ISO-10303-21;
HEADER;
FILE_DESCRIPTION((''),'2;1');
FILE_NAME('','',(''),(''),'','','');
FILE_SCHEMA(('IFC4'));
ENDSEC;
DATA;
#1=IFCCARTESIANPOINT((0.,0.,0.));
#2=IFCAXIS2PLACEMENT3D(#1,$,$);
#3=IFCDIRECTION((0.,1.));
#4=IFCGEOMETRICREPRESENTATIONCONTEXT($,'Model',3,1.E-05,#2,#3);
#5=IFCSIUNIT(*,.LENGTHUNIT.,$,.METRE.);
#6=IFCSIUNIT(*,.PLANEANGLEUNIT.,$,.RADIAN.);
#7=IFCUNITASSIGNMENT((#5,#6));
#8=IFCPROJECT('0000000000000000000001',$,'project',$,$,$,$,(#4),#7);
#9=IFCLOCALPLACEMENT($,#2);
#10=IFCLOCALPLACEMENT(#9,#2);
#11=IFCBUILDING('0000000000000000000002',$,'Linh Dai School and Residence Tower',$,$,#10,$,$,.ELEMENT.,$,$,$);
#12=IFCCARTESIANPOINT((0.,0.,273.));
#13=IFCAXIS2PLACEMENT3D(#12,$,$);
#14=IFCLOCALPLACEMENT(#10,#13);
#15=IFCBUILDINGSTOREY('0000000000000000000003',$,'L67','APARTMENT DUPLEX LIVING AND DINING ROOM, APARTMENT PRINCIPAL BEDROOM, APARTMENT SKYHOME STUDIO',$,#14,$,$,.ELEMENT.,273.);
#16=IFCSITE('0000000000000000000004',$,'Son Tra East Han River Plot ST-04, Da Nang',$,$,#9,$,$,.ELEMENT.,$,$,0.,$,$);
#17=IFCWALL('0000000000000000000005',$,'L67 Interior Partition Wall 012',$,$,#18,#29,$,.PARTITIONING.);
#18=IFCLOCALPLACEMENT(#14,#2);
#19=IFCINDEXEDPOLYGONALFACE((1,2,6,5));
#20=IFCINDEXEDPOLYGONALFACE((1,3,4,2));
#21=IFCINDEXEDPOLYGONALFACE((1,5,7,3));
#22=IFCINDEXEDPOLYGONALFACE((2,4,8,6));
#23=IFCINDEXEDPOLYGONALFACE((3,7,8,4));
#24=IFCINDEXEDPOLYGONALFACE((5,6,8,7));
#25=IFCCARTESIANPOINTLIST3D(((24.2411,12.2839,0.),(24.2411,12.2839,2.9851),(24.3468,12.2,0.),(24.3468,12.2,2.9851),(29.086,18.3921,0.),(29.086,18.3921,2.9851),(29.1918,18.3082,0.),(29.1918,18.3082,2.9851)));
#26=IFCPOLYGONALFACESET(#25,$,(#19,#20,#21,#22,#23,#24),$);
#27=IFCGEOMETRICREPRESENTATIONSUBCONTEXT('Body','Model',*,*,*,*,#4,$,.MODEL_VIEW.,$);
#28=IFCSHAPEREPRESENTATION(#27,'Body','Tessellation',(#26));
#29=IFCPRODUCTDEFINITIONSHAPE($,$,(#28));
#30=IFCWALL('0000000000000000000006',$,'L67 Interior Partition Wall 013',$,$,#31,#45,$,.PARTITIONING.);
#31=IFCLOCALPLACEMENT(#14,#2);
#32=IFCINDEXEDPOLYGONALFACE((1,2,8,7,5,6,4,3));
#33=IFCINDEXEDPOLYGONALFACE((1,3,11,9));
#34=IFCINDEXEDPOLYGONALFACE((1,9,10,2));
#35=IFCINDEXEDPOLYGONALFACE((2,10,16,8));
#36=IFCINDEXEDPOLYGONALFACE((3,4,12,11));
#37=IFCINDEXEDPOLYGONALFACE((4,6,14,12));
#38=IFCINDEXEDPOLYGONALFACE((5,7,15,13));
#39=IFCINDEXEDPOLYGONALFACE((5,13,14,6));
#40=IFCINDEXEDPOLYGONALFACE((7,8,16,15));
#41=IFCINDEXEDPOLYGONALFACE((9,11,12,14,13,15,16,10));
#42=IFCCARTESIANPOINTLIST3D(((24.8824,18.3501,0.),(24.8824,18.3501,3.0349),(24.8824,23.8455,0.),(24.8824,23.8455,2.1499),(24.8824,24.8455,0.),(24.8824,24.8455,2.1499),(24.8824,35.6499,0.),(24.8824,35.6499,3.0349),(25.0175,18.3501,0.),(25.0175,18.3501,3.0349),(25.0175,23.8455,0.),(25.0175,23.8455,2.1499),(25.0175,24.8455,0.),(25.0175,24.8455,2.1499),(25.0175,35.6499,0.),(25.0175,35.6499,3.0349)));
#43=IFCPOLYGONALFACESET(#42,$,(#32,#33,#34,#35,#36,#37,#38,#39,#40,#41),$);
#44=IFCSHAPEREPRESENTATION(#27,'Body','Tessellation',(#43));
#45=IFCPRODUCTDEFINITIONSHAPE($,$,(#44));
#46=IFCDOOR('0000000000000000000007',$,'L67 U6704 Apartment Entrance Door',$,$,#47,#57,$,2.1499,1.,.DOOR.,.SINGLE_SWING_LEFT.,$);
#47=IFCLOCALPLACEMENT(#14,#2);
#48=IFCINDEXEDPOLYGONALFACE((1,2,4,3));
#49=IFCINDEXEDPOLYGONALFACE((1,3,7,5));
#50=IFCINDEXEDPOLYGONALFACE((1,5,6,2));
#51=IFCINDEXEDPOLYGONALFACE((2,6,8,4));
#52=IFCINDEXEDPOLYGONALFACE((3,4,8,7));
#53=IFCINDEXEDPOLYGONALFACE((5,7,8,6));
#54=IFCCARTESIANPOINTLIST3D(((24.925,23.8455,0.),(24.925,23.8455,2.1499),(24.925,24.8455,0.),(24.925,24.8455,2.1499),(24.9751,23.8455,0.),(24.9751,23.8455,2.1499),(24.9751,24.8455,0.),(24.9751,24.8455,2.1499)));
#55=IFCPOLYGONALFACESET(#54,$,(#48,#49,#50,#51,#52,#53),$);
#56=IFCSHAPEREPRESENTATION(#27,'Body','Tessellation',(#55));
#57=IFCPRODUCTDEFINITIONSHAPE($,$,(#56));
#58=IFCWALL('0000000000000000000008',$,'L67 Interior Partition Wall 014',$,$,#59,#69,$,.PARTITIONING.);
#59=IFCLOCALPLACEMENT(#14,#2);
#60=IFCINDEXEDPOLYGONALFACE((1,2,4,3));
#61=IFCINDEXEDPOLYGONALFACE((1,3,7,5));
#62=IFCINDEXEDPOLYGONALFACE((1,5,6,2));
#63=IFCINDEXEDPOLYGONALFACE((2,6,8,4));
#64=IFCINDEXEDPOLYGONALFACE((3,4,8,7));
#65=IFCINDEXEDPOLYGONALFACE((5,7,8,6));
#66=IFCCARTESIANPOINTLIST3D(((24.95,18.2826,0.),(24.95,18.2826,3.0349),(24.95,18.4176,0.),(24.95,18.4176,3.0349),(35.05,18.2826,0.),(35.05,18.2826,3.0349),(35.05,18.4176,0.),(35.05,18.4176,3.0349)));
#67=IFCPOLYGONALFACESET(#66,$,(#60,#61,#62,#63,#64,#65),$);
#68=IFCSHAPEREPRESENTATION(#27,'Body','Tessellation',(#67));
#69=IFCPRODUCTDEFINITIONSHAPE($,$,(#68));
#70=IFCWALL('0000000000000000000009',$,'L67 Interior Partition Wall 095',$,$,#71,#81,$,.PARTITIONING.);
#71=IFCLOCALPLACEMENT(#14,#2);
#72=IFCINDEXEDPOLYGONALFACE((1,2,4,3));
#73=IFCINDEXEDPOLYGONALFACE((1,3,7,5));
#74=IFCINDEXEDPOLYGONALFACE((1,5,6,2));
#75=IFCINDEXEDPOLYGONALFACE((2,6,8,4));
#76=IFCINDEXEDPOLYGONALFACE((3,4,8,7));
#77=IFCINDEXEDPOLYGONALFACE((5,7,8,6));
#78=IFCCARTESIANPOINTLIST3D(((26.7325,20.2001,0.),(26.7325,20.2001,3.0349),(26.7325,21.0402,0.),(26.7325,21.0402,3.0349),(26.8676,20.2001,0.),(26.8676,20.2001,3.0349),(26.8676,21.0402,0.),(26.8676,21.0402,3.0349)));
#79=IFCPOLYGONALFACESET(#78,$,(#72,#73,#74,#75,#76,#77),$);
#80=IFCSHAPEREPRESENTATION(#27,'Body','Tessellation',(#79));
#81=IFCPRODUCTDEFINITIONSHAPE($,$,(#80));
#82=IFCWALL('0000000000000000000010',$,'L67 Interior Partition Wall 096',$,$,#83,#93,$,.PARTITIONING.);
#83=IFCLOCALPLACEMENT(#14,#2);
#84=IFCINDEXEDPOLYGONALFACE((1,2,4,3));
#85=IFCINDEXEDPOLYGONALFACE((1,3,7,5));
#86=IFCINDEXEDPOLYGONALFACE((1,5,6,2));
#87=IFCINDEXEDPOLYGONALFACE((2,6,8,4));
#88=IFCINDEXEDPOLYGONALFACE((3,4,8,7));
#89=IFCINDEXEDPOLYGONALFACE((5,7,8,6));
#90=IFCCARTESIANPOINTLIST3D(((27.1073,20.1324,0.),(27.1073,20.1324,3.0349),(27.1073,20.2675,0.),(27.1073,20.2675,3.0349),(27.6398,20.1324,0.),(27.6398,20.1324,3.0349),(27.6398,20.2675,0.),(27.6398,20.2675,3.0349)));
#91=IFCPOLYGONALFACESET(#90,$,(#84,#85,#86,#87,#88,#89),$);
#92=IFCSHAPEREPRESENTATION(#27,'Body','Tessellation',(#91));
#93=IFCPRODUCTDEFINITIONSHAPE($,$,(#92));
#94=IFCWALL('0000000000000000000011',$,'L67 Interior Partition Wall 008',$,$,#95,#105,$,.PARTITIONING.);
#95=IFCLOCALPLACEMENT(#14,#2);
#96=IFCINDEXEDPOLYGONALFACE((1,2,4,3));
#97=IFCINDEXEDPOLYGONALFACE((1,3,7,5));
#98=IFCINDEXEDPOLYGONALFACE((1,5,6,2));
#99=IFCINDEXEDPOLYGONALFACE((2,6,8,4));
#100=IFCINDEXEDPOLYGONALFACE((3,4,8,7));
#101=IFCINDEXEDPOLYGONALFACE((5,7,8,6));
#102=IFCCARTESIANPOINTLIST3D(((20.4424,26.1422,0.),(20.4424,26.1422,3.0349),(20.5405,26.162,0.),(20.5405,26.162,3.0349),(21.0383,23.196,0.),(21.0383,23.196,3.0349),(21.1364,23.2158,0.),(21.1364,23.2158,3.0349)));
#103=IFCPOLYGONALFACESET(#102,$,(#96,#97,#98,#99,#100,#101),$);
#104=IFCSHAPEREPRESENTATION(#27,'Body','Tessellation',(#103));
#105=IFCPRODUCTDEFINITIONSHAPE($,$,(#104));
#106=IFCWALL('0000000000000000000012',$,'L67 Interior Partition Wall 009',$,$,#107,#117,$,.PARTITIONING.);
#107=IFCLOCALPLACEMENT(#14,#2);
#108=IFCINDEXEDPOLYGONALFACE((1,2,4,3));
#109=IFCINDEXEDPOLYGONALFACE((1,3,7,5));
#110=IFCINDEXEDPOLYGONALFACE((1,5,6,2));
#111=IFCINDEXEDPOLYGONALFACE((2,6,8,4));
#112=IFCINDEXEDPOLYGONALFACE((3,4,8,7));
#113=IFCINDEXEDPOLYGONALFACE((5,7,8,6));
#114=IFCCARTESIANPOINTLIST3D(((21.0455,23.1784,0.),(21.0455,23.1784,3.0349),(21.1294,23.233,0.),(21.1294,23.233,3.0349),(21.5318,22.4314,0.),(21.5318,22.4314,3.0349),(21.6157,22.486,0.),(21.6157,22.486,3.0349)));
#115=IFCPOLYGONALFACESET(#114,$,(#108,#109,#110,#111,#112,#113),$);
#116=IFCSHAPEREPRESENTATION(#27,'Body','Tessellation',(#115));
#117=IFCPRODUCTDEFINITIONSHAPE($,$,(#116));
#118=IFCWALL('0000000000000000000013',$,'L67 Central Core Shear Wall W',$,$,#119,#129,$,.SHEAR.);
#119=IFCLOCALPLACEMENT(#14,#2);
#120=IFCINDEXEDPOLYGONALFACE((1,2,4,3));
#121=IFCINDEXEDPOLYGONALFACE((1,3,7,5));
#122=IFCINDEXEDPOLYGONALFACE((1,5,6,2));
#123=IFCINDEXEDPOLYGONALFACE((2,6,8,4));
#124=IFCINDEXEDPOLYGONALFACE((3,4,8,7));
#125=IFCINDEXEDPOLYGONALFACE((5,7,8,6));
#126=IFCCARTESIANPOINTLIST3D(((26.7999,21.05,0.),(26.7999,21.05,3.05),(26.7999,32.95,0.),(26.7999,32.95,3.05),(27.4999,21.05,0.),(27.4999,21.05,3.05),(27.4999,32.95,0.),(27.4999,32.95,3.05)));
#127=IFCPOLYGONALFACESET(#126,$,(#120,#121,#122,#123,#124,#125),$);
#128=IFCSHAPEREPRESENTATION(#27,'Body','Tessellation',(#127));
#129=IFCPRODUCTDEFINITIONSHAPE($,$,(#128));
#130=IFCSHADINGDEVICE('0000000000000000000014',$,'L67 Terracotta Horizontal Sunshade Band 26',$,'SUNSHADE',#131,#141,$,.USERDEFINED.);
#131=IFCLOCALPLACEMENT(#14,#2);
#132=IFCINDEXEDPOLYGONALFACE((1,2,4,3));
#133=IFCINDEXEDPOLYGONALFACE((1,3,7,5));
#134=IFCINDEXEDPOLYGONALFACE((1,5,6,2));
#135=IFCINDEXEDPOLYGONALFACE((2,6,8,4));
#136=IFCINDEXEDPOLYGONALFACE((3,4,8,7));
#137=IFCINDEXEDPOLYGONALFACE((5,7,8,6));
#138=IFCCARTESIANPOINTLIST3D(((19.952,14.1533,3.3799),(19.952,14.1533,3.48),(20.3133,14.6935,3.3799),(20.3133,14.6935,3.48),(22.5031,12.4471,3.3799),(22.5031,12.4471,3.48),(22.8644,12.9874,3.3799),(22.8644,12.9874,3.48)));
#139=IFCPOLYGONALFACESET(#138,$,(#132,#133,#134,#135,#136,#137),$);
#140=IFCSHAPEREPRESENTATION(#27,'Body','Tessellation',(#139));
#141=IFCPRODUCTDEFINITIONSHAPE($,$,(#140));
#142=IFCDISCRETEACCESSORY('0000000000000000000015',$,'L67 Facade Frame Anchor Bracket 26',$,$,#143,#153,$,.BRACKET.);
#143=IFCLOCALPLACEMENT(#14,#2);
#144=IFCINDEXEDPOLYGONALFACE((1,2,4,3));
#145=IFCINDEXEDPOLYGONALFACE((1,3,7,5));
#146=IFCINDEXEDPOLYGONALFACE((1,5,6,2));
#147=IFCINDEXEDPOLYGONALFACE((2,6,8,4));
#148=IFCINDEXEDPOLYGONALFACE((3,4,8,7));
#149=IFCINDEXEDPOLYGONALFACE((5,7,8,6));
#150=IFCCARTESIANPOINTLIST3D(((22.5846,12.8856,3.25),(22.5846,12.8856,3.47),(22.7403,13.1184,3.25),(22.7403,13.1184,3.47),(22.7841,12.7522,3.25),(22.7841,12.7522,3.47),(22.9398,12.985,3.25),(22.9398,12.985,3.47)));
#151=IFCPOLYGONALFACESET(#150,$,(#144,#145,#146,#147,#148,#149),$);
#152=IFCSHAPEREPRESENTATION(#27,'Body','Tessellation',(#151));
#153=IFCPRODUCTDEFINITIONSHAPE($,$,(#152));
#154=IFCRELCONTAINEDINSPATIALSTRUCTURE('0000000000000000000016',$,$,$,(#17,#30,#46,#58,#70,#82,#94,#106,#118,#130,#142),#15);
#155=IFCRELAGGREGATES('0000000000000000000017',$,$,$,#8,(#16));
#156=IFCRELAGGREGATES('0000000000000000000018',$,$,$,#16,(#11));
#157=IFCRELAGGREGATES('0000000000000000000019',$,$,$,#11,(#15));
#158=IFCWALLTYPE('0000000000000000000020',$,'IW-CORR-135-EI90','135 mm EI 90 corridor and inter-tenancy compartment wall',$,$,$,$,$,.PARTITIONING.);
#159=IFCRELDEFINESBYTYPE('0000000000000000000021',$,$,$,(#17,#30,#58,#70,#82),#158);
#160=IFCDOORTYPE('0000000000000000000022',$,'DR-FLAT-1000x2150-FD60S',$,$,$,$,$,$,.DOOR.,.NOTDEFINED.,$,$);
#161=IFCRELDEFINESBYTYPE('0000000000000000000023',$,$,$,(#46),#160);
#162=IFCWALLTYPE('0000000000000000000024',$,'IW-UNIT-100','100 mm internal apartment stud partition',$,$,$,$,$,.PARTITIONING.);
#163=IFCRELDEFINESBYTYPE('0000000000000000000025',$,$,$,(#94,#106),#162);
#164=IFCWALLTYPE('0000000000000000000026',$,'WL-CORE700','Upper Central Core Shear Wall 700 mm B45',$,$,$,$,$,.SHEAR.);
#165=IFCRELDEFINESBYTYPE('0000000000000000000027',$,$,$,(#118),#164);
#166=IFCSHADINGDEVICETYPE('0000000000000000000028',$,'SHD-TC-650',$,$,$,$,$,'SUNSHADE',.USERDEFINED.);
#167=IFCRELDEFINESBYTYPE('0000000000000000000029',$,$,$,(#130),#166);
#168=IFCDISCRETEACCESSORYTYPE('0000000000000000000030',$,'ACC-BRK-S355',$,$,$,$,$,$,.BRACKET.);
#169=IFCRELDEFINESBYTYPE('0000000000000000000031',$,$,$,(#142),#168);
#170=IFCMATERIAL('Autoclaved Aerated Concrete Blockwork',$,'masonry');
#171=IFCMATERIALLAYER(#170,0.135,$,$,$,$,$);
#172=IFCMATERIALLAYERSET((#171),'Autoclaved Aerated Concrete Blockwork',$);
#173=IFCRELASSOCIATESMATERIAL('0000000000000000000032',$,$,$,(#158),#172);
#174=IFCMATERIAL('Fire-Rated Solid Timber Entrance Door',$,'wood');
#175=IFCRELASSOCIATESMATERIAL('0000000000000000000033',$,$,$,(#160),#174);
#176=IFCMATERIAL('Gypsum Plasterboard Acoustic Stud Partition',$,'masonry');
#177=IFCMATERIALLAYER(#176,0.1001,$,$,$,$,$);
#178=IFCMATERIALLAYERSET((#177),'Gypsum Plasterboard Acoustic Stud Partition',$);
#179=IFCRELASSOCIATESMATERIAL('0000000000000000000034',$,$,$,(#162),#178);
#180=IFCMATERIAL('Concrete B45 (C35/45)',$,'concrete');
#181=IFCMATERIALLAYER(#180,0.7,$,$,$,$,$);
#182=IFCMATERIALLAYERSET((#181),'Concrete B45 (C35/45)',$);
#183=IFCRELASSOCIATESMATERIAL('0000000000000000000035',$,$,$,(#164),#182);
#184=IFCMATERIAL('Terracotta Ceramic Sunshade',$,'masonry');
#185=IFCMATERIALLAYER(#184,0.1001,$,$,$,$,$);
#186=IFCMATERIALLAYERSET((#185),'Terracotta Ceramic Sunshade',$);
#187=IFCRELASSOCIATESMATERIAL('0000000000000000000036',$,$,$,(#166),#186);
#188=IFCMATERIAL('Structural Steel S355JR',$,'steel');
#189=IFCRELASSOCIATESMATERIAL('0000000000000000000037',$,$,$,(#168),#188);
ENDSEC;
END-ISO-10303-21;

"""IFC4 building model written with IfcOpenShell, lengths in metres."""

from ifc_helpers import new_model, si_unit, direction, frame, frame_2d, origin, origin_2d, place, context, subcontext, project, spatial, rectangle, extrude, source, transform, mapped, material, layer, layer_set, type_object, element, fill, save


model = new_model("IFC4")

# Units and contexts
model_context = context("Model", 3, precision=1e-05, world=origin(), true_north=direction((0.0, 1.0)))
body_context = subcontext(model_context, "Body", "Model", "MODEL_VIEW")
ifc_project = project(units=[si_unit("LENGTHUNIT", "METRE"), si_unit("PLANEANGLEUNIT", "RADIAN")], contexts=[model_context])

# Site, building, storey
site_placement = place(None, origin())
site = spatial("IfcSite", under=ifc_project, at=site_placement, Name="Son Tra East Han River Plot ST-04, Da Nang", CompositionType="ELEMENT", RefElevation=0.0)
building_placement = place(site_placement, origin())
building = spatial("IfcBuilding", under=site, at=building_placement, Name="Linh Dai School and Residence Tower", CompositionType="ELEMENT")
storey_placement = place(building_placement, frame((0.0, 0.0, 273.0)))
storey = spatial("IfcBuildingStorey", under=building, at=storey_placement, Name="L67", Description="APARTMENT DUPLEX LIVING AND DINING ROOM, APARTMENT PRINCIPAL BEDROOM, APARTMENT SKYHOME STUDIO", CompositionType="ELEMENT", Elevation=273.0)

# Shared definitions
ifc_material_1 = material(Name="Concrete B45 (C35/45)", Category="concrete")
ifc_material_2 = material(Name="Structural Steel S355JR", Category="steel")

# Wall
ifc_material_3 = material(Name="Autoclaved Aerated Concrete Blockwork", Category="masonry")
ifc_layer_1 = layer(ifc_material_3, 0.135)
ifc_layer_set_1 = layer_set([ifc_layer_1], Name="Autoclaved Aerated Concrete Blockwork")
wall_type_1 = type_object("IfcWallType", Name="IW-CORR-135-EI90", Description="135 mm EI 90 corridor and inter-tenancy compartment wall", PredefinedType="PARTITIONING", material=ifc_layer_set_1)
wall_1_placement = place(storey_placement, frame((24.2939, 12.2419, 0.0), z_axis=(0.0, 0.0, 1.0), x_axis=(0.62144, 0.783462, 0.0)))
element("IfcWall", 1, at=wall_1_placement, inside=storey, type_object=wall_type_1, Name="L67 Interior Partition Wall 012", PredefinedType="PARTITIONING", context=body_context, shape_type="SweptSolid", body=[
    extrude(rectangle(XDim=7.7964, YDim=0.135, at=frame_2d((3.8982, 0.0))), origin(), (0.0, 0.0, 1.0), 2.9851),
])

# Wall, opening, door
wall_2_placement = place(storey_placement, frame((24.95, 18.3501, 0.0), z_axis=(0.0, 0.0, 1.0), x_axis=(0.0, 1.0, 0.0)))
wall_2 = element("IfcWall", 2, at=wall_2_placement, inside=storey, type_object=wall_type_1, Name="L67 Interior Partition Wall 013", PredefinedType="PARTITIONING", context=body_context, shape_type="SweptSolid", body=[
    extrude(rectangle(XDim=17.2998, YDim=0.135, at=frame_2d((8.6499, 0.0))), origin(), (0.0, 0.0, 1.0), 3.0349),
])
opening_1_placement = place(wall_2_placement, frame((5.4954, 0.0, 0.0)))
opening_1 = element("IfcOpeningElement", 3, at=opening_1_placement, cuts=wall_2, PredefinedType="OPENING", context=body_context, shape_type="SweptSolid", body=[
    extrude(rectangle(XDim=1.0, YDim=2.1499, at=origin_2d()), frame((0.5, 0.0776, 1.075), z_axis=(0.0, -1.0, 0.0), x_axis=(1.0, 0.0, 0.0)), (0.0, 0.0, 1.0), 0.155),
])
ifc_material_4 = material(Name="Fire-Rated Solid Timber Entrance Door", Category="wood")
door_type = type_object("IfcDoorType", Name="DR-FLAT-1000x2150-FD60S", OperationType="NOTDEFINED", PredefinedType="DOOR", material=ifc_material_4)
shared_shape_1 = source(origin(), body_context, "Body", "SweptSolid", [
    extrude(rectangle(XDim=1.0, YDim=2.1499, at=origin_2d()), frame((0.5, 0.0249, 1.075), z_axis=(0.0, -1.0, 0.0), x_axis=(1.0, 0.0, 0.0)), (0.0, 0.0, 1.0), 0.05),
])
door_placement = place(opening_1_placement, origin())
door = element("IfcDoor", 4, at=door_placement, inside=storey, type_object=door_type, Name="L67 U6704 Apartment Entrance Door", OperationType="SINGLE_SWING_LEFT", OverallHeight=2.1499, OverallWidth=1.0, PredefinedType="DOOR", context=body_context, shape_type="MappedRepresentation", body=[
    mapped(shared_shape_1, transform((0.0, 0.0, 0.0), x_axis=(1.0, 0.0, 0.0), y_axis=(0.0, 1.0, 0.0), z_axis=(0.0, 0.0, 1.0), scale=1.0)),
])
fill(opening_1, door)

# Walls
wall_3_placement = place(storey_placement, frame((24.95, 18.3501, 0.0), z_axis=(0.0, 0.0, 1.0), x_axis=(1.0, 0.0, 0.0)))
element("IfcWall", 5, at=wall_3_placement, inside=storey, type_object=wall_type_1, Name="L67 Interior Partition Wall 014", PredefinedType="PARTITIONING", context=body_context, shape_type="SweptSolid", body=[
    extrude(rectangle(XDim=10.1001, YDim=0.135, at=frame_2d((5.05, 0.0))), origin(), (0.0, 0.0, 1.0), 3.0349),
])
wall_4_placement = place(storey_placement, frame((26.8, 21.04, 0.0), z_axis=(0.0, 0.0, 1.0), x_axis=(0.0, -1.0, 0.0)))
element("IfcWall", 6, at=wall_4_placement, inside=storey, type_object=wall_type_1, Name="L67 Interior Partition Wall 095", PredefinedType="PARTITIONING", context=body_context, shape_type="SweptSolid", body=[
    extrude(rectangle(XDim=0.8401, YDim=0.135, at=frame_2d((0.4199, 0.0))), origin(), (0.0, 0.0, 1.0), 3.0349),
])
wall_5_placement = place(storey_placement, frame((27.1074, 20.2, 0.0), z_axis=(0.0, 0.0, 1.0), x_axis=(1.0, 0.0, 0.0)))
element("IfcWall", 7, at=wall_5_placement, inside=storey, type_object=wall_type_1, Name="L67 Interior Partition Wall 096", PredefinedType="PARTITIONING", context=body_context, shape_type="SweptSolid", body=[
    extrude(rectangle(XDim=0.5325, YDim=0.135, at=frame_2d((0.2661, 0.0))), origin(), (0.0, 0.0, 1.0), 3.0349),
])
ifc_material_5 = material(Name="Gypsum Plasterboard Acoustic Stud Partition", Category="masonry")
ifc_layer_2 = layer(ifc_material_5, 0.1001)
ifc_layer_set_2 = layer_set([ifc_layer_2], Name="Gypsum Plasterboard Acoustic Stud Partition")
wall_type_2 = type_object("IfcWallType", Name="IW-UNIT-100", Description="100 mm internal apartment stud partition", PredefinedType="PARTITIONING", material=ifc_layer_set_2)
wall_6_placement = place(storey_placement, frame((20.4915, 26.1521, 0.0), z_axis=(0.0, 0.0, 1.0), x_axis=(0.198255, -0.98015, 0.0)))
element("IfcWall", 8, at=wall_6_placement, inside=storey, type_object=wall_type_2, Name="L67 Interior Partition Wall 008", PredefinedType="PARTITIONING", context=body_context, shape_type="SweptSolid", body=[
    extrude(rectangle(XDim=3.0059, YDim=0.1001, at=frame_2d((1.5029, 0.0))), origin(), (0.0, 0.0, 1.0), 3.0349),
])
wall_7_placement = place(storey_placement, frame((21.0874, 23.2058, 0.0), z_axis=(0.0, 0.0, 1.0), x_axis=(0.545566, -0.838068, 0.0)))
element("IfcWall", 9, at=wall_7_placement, inside=storey, type_object=wall_type_2, Name="L67 Interior Partition Wall 009", PredefinedType="PARTITIONING", context=body_context, shape_type="SweptSolid", body=[
    extrude(rectangle(XDim=0.8914, YDim=0.1001, at=frame_2d((0.4458, 0.0))), origin(), (0.0, 0.0, 1.0), 3.0349),
])
ifc_layer_3 = layer(ifc_material_1, 0.7)
ifc_layer_set_3 = layer_set([ifc_layer_3], Name="Concrete B45 (C35/45)")
wall_type_3 = type_object("IfcWallType", Name="WL-CORE700", Description="Upper Central Core Shear Wall 700 mm B45", PredefinedType="SHEAR", material=ifc_layer_set_3)
wall_8_placement = place(storey_placement, frame((27.1499, 21.05, 0.0), z_axis=(0.0, 0.0, 1.0), x_axis=(0.0, 1.0, 0.0)))
element("IfcWall", 10, at=wall_8_placement, inside=storey, type_object=wall_type_3, Name="L67 Central Core Shear Wall W", PredefinedType="SHEAR", context=body_context, shape_type="SweptSolid", body=[
    extrude(rectangle(XDim=11.8999, YDim=0.7, at=frame_2d((5.95, 0.0))), origin(), (0.0, 0.0, 1.0), 3.05),
])

# Shading device
ifc_material_6 = material(Name="Terracotta Ceramic Sunshade", Category="masonry")
ifc_layer_4 = layer(ifc_material_6, 0.1001)
ifc_layer_set_4 = layer_set([ifc_layer_4], Name="Terracotta Ceramic Sunshade")
shading_device_type = type_object("IfcShadingDeviceType", Name="SHD-TC-650", ElementType="SUNSHADE", PredefinedType="USERDEFINED", material=ifc_layer_set_4)
shared_shape_2 = source(origin(), body_context, "Body", "SweptSolid", [
    extrude(rectangle(XDim=3.0691, YDim=0.6499, at=origin_2d()), origin(), (0.0, 0.0, 1.0), 0.1001),
])
shading_device_placement = place(storey_placement, frame((21.4082, 13.5703, 3.3799), z_axis=(0.0, 0.0, 1.0), x_axis=(-0.831245, 0.555906, 0.0)))
element("IfcShadingDevice", 11, at=shading_device_placement, inside=storey, type_object=shading_device_type, Name="L67 Terracotta Horizontal Sunshade Band 26", ObjectType="SUNSHADE", PredefinedType="USERDEFINED", context=body_context, shape_type="MappedRepresentation", body=[
    mapped(shared_shape_2, transform((0.0, 0.0, 0.0), x_axis=(1.0, 0.0, 0.0), y_axis=(0.0, 1.0, 0.0), z_axis=(0.0, 0.0, 1.0), scale=1.0)),
])

# Discrete accessory
discrete_accessory_type = type_object("IfcDiscreteAccessoryType", Name="ACC-BRK-S355", PredefinedType="BRACKET", material=ifc_material_2)
shared_shape_3 = source(origin(), body_context, "Body", "SweptSolid", [
    extrude(rectangle(XDim=0.28, YDim=0.24, at=origin_2d()), origin(), (0.0, 0.0, 1.0), 0.22),
])
discrete_accessory_placement = place(storey_placement, frame((22.7622, 12.9353, 3.25), z_axis=(0.0, 0.0, 1.0), x_axis=(-0.555906, -0.831245, 0.0)))
element("IfcDiscreteAccessory", 12, at=discrete_accessory_placement, inside=storey, type_object=discrete_accessory_type, Name="L67 Facade Frame Anchor Bracket 26", PredefinedType="BRACKET", context=body_context, shape_type="MappedRepresentation", body=[
    mapped(shared_shape_3, transform((0.0, 0.0, 0.0), x_axis=(1.0, 0.0, 0.0), y_axis=(0.0, 1.0, 0.0), z_axis=(0.0, 0.0, 1.0), scale=1.0)),
])

save(model, "model.ifc")
